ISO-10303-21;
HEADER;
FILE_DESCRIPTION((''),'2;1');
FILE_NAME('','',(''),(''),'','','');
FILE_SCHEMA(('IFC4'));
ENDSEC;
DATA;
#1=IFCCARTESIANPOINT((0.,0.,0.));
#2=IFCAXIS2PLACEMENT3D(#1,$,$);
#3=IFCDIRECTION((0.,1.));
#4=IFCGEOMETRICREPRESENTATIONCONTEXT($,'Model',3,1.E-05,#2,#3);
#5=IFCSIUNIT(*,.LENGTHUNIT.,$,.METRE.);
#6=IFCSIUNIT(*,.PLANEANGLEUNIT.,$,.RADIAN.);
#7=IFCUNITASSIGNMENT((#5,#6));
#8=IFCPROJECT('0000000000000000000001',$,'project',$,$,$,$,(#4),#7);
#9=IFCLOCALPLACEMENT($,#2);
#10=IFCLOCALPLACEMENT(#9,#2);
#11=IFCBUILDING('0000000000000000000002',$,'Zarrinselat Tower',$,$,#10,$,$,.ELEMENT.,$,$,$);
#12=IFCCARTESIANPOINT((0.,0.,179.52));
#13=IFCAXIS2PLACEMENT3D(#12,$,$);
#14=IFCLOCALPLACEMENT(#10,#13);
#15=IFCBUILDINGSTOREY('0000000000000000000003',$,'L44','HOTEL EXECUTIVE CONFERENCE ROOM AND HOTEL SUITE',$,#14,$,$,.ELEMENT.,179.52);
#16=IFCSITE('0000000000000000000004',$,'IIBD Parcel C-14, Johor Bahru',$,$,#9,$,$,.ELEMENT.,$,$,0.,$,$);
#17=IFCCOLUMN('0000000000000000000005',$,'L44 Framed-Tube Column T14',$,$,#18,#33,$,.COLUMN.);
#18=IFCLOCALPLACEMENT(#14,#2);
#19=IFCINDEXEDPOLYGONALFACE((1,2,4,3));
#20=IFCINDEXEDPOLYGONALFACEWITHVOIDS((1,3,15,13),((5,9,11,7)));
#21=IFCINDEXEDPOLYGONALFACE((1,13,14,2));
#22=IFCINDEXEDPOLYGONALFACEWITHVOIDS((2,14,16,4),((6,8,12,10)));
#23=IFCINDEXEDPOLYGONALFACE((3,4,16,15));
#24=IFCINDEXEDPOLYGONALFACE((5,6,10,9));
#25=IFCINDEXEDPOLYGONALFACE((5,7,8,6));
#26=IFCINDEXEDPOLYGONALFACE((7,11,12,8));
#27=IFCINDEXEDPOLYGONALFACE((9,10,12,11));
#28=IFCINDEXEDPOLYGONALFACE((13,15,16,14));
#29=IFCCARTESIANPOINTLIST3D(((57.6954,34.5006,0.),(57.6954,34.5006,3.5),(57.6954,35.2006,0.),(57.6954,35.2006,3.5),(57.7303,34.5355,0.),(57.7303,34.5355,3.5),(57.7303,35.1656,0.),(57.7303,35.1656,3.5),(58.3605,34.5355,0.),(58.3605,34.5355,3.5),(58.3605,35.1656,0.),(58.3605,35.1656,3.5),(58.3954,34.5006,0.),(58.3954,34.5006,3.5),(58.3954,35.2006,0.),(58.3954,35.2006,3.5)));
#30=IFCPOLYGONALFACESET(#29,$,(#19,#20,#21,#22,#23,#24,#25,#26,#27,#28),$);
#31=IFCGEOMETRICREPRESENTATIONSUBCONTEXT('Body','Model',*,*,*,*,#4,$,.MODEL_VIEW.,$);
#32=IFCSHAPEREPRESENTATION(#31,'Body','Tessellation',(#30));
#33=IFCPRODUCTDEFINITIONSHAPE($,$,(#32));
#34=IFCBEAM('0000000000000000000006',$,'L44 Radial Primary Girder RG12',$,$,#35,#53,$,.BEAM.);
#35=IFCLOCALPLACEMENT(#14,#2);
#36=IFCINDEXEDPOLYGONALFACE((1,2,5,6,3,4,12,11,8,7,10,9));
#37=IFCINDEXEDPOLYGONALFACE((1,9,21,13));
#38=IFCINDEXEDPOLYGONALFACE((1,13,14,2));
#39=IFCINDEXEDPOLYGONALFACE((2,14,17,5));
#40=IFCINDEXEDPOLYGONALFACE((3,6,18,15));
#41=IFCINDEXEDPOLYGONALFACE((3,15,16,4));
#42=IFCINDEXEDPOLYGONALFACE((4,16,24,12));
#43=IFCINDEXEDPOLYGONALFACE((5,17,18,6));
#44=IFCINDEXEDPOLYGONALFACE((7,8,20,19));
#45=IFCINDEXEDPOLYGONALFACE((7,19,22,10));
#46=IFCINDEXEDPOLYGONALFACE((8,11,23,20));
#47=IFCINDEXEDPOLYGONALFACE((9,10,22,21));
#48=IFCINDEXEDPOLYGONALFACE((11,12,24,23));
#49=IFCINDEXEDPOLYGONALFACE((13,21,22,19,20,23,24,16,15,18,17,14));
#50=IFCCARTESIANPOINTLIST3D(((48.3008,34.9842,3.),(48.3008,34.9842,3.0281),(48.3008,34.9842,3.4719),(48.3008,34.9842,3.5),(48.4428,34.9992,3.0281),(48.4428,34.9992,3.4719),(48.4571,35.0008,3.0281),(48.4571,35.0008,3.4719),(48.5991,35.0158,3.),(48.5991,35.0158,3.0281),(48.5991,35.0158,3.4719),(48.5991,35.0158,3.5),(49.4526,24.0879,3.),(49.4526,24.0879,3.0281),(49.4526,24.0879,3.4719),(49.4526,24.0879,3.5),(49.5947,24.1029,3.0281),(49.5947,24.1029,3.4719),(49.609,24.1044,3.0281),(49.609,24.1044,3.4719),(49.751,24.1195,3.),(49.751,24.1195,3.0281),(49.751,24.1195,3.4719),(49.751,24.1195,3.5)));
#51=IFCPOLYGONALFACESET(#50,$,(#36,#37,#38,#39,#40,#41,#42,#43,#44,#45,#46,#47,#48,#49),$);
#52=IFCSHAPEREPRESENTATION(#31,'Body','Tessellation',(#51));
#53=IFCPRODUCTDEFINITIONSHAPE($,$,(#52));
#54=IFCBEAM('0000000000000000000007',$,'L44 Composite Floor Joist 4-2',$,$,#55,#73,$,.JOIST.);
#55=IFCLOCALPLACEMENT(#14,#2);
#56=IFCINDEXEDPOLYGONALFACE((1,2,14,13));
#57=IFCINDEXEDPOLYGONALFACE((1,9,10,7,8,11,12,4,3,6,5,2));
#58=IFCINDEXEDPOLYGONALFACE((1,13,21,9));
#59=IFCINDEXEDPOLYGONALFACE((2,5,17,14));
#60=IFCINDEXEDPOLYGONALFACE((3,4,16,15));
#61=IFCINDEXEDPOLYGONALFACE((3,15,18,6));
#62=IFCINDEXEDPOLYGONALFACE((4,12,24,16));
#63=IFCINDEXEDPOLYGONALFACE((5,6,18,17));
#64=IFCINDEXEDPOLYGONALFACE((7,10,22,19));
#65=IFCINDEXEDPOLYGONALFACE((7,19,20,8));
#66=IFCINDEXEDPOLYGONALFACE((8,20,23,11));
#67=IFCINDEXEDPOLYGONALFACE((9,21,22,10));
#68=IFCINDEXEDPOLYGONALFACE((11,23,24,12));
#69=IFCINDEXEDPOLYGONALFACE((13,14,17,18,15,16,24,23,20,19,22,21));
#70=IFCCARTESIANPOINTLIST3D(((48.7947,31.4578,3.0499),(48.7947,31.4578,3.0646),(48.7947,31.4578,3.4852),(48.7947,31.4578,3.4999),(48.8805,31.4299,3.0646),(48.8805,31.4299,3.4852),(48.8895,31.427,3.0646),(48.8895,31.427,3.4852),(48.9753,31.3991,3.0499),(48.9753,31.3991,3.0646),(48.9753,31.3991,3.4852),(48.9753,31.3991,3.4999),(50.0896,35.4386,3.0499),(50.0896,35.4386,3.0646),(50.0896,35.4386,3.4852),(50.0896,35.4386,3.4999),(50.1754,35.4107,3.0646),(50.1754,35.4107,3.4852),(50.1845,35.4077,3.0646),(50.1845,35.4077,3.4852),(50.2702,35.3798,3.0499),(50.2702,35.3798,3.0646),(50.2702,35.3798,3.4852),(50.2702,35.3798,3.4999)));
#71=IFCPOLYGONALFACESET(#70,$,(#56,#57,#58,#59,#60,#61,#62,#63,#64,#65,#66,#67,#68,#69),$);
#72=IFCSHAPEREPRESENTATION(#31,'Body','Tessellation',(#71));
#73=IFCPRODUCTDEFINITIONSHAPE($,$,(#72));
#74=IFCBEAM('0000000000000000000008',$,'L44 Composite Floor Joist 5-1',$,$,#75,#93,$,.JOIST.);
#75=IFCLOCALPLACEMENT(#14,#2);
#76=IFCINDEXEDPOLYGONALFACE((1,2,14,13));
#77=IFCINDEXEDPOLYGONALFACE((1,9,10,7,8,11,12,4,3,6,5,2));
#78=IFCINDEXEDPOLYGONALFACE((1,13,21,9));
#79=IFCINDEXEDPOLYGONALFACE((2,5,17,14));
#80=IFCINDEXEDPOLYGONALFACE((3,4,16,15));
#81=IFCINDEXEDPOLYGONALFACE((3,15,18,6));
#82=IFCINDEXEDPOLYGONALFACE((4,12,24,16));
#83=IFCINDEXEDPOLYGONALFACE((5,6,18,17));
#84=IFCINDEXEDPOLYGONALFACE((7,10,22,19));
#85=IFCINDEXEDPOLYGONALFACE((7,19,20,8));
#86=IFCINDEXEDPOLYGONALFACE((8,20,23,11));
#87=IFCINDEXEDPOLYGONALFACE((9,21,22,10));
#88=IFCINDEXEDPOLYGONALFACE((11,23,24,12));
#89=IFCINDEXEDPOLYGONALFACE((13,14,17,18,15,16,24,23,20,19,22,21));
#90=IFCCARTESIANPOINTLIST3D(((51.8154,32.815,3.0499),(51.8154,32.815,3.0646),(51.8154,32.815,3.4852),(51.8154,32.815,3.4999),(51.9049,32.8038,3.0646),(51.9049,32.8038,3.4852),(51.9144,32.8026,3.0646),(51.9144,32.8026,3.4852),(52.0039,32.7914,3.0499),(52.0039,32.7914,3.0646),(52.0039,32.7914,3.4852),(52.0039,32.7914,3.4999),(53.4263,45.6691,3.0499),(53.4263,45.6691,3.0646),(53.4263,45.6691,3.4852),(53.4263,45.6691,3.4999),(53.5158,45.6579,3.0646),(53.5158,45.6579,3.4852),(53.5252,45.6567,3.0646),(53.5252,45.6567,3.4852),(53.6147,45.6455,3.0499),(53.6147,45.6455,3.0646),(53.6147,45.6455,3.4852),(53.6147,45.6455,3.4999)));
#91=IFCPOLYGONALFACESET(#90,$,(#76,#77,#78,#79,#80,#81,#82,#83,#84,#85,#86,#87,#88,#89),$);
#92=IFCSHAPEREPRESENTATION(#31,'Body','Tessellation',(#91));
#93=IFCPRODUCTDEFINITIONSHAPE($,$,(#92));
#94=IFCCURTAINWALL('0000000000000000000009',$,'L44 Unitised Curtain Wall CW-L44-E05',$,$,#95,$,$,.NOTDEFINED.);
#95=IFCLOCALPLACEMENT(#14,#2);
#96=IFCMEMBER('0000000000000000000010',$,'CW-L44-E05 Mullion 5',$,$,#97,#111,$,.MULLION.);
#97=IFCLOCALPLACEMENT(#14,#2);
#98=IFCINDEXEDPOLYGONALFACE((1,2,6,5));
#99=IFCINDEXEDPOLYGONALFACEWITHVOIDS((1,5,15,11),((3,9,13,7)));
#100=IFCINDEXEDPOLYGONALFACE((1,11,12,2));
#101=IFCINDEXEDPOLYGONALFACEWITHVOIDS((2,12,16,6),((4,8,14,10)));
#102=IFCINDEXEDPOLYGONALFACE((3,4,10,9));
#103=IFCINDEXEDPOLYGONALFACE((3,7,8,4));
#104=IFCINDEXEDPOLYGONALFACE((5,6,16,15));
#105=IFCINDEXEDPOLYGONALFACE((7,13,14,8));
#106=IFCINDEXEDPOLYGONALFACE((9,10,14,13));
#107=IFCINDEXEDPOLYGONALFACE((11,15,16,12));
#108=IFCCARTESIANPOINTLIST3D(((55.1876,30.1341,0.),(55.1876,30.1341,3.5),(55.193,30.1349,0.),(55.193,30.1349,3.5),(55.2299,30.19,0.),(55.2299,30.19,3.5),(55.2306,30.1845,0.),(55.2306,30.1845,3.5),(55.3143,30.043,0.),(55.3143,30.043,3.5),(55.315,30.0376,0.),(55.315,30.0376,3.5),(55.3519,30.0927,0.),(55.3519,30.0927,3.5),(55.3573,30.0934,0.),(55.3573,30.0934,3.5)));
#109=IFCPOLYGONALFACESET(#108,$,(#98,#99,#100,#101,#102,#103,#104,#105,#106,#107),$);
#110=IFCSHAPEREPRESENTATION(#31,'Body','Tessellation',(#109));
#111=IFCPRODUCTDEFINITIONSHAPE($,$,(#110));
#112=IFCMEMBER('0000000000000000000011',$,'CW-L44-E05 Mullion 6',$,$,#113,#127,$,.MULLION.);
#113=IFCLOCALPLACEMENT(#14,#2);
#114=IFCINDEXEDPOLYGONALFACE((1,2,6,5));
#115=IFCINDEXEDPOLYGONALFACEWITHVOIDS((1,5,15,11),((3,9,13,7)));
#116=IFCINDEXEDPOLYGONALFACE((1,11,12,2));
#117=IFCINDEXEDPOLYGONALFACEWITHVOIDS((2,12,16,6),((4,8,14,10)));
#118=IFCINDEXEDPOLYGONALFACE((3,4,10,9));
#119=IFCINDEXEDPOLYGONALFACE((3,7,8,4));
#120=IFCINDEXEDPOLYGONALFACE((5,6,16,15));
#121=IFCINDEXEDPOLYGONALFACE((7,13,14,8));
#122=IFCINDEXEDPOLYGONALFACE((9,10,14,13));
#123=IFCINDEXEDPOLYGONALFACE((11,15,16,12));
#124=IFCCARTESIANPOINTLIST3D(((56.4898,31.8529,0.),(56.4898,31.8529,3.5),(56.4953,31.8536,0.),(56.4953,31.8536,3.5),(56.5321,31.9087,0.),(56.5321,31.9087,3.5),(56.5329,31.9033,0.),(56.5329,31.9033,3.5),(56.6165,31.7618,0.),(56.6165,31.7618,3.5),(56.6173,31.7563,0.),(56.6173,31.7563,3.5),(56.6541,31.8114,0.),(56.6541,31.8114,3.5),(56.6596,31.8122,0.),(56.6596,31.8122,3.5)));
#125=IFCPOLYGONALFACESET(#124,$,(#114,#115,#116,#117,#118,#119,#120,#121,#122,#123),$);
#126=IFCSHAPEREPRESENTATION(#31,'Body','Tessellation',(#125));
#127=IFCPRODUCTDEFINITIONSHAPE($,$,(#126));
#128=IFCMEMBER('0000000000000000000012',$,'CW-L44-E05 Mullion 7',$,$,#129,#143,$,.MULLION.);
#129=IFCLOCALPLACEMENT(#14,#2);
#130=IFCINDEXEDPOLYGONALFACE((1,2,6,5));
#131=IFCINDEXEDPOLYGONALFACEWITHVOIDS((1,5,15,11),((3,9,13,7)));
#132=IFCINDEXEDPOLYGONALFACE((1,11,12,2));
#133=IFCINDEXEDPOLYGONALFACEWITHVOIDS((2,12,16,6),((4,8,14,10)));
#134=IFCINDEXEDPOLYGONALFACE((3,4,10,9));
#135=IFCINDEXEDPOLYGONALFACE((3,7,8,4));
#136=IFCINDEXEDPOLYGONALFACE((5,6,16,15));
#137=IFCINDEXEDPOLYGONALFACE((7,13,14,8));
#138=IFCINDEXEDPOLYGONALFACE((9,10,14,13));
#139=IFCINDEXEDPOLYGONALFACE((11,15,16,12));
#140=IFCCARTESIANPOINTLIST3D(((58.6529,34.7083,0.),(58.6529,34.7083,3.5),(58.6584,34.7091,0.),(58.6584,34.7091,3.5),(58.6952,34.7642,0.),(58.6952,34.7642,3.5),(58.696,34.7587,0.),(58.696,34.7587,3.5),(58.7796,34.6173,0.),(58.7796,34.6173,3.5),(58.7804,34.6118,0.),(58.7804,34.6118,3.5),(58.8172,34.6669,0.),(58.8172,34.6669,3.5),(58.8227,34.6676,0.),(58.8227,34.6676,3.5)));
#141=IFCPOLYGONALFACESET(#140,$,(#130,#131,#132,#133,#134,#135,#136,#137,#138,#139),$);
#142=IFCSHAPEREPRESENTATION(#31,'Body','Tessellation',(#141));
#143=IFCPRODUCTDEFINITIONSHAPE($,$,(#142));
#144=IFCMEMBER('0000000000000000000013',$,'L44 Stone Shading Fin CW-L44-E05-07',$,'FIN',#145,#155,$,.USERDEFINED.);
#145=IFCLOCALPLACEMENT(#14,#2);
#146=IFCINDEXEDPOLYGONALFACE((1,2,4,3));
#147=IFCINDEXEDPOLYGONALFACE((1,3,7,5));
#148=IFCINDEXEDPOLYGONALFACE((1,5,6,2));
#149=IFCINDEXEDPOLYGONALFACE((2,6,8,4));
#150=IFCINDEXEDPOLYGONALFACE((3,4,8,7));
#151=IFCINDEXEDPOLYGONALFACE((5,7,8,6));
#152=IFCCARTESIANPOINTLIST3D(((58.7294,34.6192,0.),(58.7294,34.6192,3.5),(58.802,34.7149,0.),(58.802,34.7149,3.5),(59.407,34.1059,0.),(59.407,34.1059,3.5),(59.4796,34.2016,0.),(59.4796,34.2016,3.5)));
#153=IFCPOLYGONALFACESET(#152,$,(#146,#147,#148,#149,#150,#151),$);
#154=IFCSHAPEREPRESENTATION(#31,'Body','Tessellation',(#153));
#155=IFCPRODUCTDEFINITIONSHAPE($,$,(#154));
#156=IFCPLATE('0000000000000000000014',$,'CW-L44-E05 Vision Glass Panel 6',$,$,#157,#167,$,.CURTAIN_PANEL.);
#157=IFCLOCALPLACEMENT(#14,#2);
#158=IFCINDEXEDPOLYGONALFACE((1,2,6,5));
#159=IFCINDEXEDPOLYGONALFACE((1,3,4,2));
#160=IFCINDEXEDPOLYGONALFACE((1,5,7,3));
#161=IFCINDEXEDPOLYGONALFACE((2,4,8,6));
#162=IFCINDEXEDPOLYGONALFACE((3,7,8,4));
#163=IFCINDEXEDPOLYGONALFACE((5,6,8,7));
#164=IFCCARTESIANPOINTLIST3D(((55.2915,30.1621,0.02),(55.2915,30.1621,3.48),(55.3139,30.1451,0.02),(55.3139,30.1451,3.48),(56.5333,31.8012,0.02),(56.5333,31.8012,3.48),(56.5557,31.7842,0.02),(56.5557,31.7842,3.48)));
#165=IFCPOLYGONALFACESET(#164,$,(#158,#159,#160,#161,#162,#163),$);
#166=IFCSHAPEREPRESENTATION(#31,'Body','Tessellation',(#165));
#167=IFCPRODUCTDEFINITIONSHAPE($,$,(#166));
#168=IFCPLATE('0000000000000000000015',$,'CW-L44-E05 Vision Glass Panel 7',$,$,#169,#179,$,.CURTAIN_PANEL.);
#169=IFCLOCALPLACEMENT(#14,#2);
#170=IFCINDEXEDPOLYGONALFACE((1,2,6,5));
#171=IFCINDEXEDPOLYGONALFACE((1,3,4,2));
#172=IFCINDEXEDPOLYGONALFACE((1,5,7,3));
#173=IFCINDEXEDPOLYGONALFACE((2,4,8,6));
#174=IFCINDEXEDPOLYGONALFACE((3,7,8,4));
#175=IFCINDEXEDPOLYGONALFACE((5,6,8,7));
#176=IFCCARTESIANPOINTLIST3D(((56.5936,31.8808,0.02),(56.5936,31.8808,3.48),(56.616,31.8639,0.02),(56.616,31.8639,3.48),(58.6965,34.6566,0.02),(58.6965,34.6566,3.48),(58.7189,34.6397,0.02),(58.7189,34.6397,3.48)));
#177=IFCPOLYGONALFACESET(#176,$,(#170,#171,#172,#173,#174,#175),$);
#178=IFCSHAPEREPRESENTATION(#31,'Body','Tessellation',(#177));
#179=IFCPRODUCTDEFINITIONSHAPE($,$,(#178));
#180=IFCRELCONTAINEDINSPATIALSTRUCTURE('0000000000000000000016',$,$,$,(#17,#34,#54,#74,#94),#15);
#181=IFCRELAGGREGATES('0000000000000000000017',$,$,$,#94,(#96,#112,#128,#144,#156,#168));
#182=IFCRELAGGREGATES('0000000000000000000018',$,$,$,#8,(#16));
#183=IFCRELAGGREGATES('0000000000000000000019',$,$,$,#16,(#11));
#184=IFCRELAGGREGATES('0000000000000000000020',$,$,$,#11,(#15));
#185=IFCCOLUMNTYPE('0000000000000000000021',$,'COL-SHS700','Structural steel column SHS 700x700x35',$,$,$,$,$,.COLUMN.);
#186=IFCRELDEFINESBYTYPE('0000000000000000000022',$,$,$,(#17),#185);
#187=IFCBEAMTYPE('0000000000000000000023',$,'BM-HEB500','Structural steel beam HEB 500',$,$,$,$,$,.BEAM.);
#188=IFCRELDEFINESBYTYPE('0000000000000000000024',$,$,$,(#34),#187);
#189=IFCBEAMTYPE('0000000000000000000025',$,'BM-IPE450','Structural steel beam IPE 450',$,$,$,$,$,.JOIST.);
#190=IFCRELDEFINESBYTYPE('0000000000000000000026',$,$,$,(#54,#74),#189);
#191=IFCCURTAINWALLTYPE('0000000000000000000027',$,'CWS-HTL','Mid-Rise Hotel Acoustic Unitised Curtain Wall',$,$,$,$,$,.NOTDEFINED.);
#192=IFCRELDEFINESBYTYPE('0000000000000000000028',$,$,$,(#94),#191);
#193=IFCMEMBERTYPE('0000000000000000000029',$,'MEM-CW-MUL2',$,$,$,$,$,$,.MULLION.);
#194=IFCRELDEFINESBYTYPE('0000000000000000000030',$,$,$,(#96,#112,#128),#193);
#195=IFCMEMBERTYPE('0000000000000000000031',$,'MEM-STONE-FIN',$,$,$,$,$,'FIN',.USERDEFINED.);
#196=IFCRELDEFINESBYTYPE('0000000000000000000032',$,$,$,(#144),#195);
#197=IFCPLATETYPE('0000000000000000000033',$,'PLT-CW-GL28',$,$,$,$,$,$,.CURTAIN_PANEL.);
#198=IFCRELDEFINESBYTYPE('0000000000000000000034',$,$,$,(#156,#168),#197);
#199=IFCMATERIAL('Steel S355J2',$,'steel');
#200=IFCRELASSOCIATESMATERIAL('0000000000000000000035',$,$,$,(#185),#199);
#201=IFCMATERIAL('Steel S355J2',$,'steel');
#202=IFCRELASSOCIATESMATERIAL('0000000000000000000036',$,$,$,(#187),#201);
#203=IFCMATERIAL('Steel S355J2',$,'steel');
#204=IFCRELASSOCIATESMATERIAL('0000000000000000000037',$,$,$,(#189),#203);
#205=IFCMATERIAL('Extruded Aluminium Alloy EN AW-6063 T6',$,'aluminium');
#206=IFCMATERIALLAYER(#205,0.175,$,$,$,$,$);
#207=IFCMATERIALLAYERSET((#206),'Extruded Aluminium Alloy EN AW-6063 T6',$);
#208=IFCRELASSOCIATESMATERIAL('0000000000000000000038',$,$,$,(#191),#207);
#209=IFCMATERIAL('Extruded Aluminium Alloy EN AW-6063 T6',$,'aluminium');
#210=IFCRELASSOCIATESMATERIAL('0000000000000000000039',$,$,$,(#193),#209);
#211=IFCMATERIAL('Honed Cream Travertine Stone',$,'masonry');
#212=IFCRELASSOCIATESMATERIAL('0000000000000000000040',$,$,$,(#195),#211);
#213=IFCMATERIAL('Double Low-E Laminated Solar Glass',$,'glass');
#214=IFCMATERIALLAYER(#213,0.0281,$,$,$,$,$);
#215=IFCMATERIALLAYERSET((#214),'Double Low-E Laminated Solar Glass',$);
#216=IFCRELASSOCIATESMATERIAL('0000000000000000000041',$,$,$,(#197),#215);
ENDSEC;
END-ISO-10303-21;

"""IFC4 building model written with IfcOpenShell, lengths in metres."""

from ifc_helpers import new_model, si_unit, direction, frame, origin, origin_2d, place, context, subcontext, project, spatial, rectangle, hollow_rectangle, i_section, extrude, material, layer, layer_set, material_profile, profile_set, type_object, element, aggregate, save


model = new_model("IFC4")

# Units and contexts
model_context = context("Model", 3, precision=1e-05, world=origin(), true_north=direction((0.0, 1.0)))
body_context = subcontext(model_context, "Body", "Model", "MODEL_VIEW")
ifc_project = project(units=[si_unit("LENGTHUNIT", "METRE"), si_unit("PLANEANGLEUNIT", "RADIAN")], contexts=[model_context])

# Site, building, storey
site_placement = place(None, origin())
site = spatial("IfcSite", under=ifc_project, at=site_placement, Name="IIBD Parcel C-14, Johor Bahru", CompositionType="ELEMENT", RefElevation=0.0)
building_placement = place(site_placement, origin())
building = spatial("IfcBuilding", under=site, at=building_placement, Name="Zarrinselat Tower", CompositionType="ELEMENT")
storey_placement = place(building_placement, frame((0.0, 0.0, 179.52)))
storey = spatial("IfcBuildingStorey", under=building, at=storey_placement, Name="L44", Description="HOTEL EXECUTIVE CONFERENCE ROOM AND HOTEL SUITE", CompositionType="ELEMENT", Elevation=179.52)

# Column
ifc_material_1 = material(Name="Steel S355J2", Category="steel")
ifc_material_profile_1 = material_profile(ifc_material_1, hollow_rectangle(XDim=0.7, YDim=0.7, WallThickness=0.0349, at=origin_2d()), Name="SHS 700x700x35")
ifc_profile_set_1 = profile_set([ifc_material_profile_1], Name="Steel S355J2")
column_type = type_object("IfcColumnType", Name="COL-SHS700", Description="Structural steel column SHS 700x700x35", PredefinedType="COLUMN", material=ifc_profile_set_1)
column_placement = place(storey_placement, frame((58.0454, 34.8506, 0.0), z_axis=(0.0, 0.0, 1.0), x_axis=(1.0, 0.0, 0.0)))
element("IfcColumn", 1, at=column_placement, inside=storey, type_object=column_type, Name="L44 Framed-Tube Column T14", PredefinedType="COLUMN", context=body_context, shape_type="SweptSolid", body=[
    extrude(hollow_rectangle(XDim=0.7, YDim=0.7, WallThickness=0.0349, at=origin_2d()), origin(), (0.0, 0.0, 1.0), 3.5),
])

# Beams
ifc_material_2 = material(Name="Steel S355J2", Category="steel")
ifc_material_profile_2 = material_profile(ifc_material_2, i_section(OverallWidth=0.3, OverallDepth=0.5, WebThickness=0.0144, FlangeThickness=0.0281, at=origin_2d()), Name="HEB 500")
ifc_profile_set_2 = profile_set([ifc_material_profile_2], Name="Steel S355J2")
beam_type_1 = type_object("IfcBeamType", Name="BM-HEB500", Description="Structural steel beam HEB 500", PredefinedType="BEAM", material=ifc_profile_set_2)
beam_1_placement = place(storey_placement, frame((48.45, 35.0, 3.25), z_axis=(0.105126, -0.994459, 0.0), x_axis=(0.994459, 0.105126, 0.0)))
element("IfcBeam", 2, at=beam_1_placement, inside=storey, type_object=beam_type_1, Name="L44 Radial Primary Girder RG12", PredefinedType="BEAM", context=body_context, shape_type="SweptSolid", body=[
    extrude(i_section(OverallWidth=0.3, OverallDepth=0.5, WebThickness=0.0144, FlangeThickness=0.0281, at=origin_2d()), origin(), (0.0, 0.0, 1.0), 10.957),
])
ifc_material_3 = material(Name="Steel S355J2", Category="steel")
ifc_material_profile_3 = material_profile(ifc_material_3, i_section(OverallWidth=0.1899, OverallDepth=0.45, WebThickness=0.0095, FlangeThickness=0.0146, at=origin_2d()), Name="IPE 450")
ifc_profile_set_3 = profile_set([ifc_material_profile_3], Name="Steel S355J2")
beam_type_2 = type_object("IfcBeamType", Name="BM-IPE450", Description="Structural steel beam IPE 450", PredefinedType="JOIST", material=ifc_profile_set_3)
beam_2_placement = place(storey_placement, frame((48.885, 31.4285, 3.2749), z_axis=(0.309343, 0.95095, 0.0), x_axis=(-0.95095, 0.309343, 0.0)))
element("IfcBeam", 3, at=beam_2_placement, inside=storey, type_object=beam_type_2, Name="L44 Composite Floor Joist 4-2", PredefinedType="JOIST", context=body_context, shape_type="SweptSolid", body=[
    extrude(i_section(OverallWidth=0.1899, OverallDepth=0.45, WebThickness=0.0095, FlangeThickness=0.0146, at=origin_2d()), origin(), (0.0, 0.0, 1.0), 4.186),
])
beam_3_placement = place(storey_placement, frame((51.9097, 32.8032, 3.2749), z_axis=(0.124346, 0.992239, 0.0), x_axis=(-0.992239, 0.124346, 0.0)))
element("IfcBeam", 4, at=beam_3_placement, inside=storey, type_object=beam_type_2, Name="L44 Composite Floor Joist 5-1", PredefinedType="JOIST", context=body_context, shape_type="SweptSolid", body=[
    extrude(i_section(OverallWidth=0.1899, OverallDepth=0.45, WebThickness=0.0095, FlangeThickness=0.0146, at=origin_2d()), origin(), (0.0, 0.0, 1.0), 12.9546),
])

# Curtain wall, members, plates
ifc_material_4 = material(Name="Extruded Aluminium Alloy EN AW-6063 T6", Category="aluminium")
ifc_layer_1 = layer(ifc_material_4, 0.175)
ifc_layer_set_1 = layer_set([ifc_layer_1], Name="Extruded Aluminium Alloy EN AW-6063 T6")
curtain_wall_type = type_object("IfcCurtainWallType", Name="CWS-HTL", Description="Mid-Rise Hotel Acoustic Unitised Curtain Wall", PredefinedType="NOTDEFINED", material=ifc_layer_set_1)
curtain_wall_placement = place(storey_placement, origin())
curtain_wall = element("IfcCurtainWall", 5, at=curtain_wall_placement, inside=storey, type_object=curtain_wall_type, Name="L44 Unitised Curtain Wall CW-L44-E05", PredefinedType="NOTDEFINED")
ifc_material_5 = material(Name="Extruded Aluminium Alloy EN AW-6063 T6", Category="aluminium")
ifc_material_profile_4 = material_profile(ifc_material_5, hollow_rectangle(XDim=0.0701, YDim=0.1599, WallThickness=0.0039, at=origin_2d()), Name="RHS 160x70x4")
ifc_profile_set_4 = profile_set([ifc_material_profile_4], Name="Extruded Aluminium Alloy EN AW-6063 T6")
member_type_1 = type_object("IfcMemberType", Name="MEM-CW-MUL2", PredefinedType="MULLION", material=ifc_profile_set_4)
member_1_placement = place(storey_placement, frame((55.2725, 30.1138, 0.0), z_axis=(0.0, 0.0, 1.0), x_axis=(0.603859, 0.797091, 0.0)))
member_1 = element("IfcMember", 6, at=member_1_placement, type_object=member_type_1, Name="CW-L44-E05 Mullion 5", PredefinedType="MULLION", context=body_context, shape_type="SweptSolid", body=[
    extrude(hollow_rectangle(XDim=0.0701, YDim=0.1599, WallThickness=0.0039, at=origin_2d()), origin(), (0.0, 0.0, 1.0), 3.5),
])
member_2_placement = place(storey_placement, frame((56.5747, 31.8325, 0.0), z_axis=(0.0, 0.0, 1.0), x_axis=(0.603859, 0.797091, 0.0)))
member_2 = element("IfcMember", 7, at=member_2_placement, type_object=member_type_1, Name="CW-L44-E05 Mullion 6", PredefinedType="MULLION", context=body_context, shape_type="SweptSolid", body=[
    extrude(hollow_rectangle(XDim=0.0701, YDim=0.1599, WallThickness=0.0039, at=origin_2d()), origin(), (0.0, 0.0, 1.0), 3.5),
])
member_3_placement = place(storey_placement, frame((58.7378, 34.688, 0.0), z_axis=(0.0, 0.0, 1.0), x_axis=(0.603859, 0.797091, 0.0)))
member_3 = element("IfcMember", 8, at=member_3_placement, type_object=member_type_1, Name="CW-L44-E05 Mullion 7", PredefinedType="MULLION", context=body_context, shape_type="SweptSolid", body=[
    extrude(hollow_rectangle(XDim=0.0701, YDim=0.1599, WallThickness=0.0039, at=origin_2d()), origin(), (0.0, 0.0, 1.0), 3.5),
])
ifc_material_6 = material(Name="Honed Cream Travertine Stone", Category="masonry")
ifc_material_profile_5 = material_profile(ifc_material_6, rectangle(XDim=0.1201, YDim=0.8501, at=origin_2d()), Name="FIN 850x120")
ifc_profile_set_5 = profile_set([ifc_material_profile_5], Name="Honed Cream Travertine Stone")
member_type_2 = type_object("IfcMemberType", Name="MEM-STONE-FIN", ElementType="FIN", PredefinedType="USERDEFINED", material=ifc_profile_set_5)
member_4_placement = place(storey_placement, frame((59.1045, 34.4104, 0.0), z_axis=(0.0, 0.0, 1.0), x_axis=(-0.603859, -0.797091, 0.0)))
member_4 = element("IfcMember", 9, at=member_4_placement, type_object=member_type_2, Name="L44 Stone Shading Fin CW-L44-E05-07", ObjectType="FIN", PredefinedType="USERDEFINED", context=body_context, shape_type="SweptSolid", body=[
    extrude(rectangle(XDim=0.1201, YDim=0.8501, at=origin_2d()), origin(), (0.0, 0.0, 1.0), 3.5),
])
ifc_material_7 = material(Name="Double Low-E Laminated Solar Glass", Category="glass")
ifc_layer_2 = layer(ifc_material_7, 0.0281)
ifc_layer_set_2 = layer_set([ifc_layer_2], Name="Double Low-E Laminated Solar Glass")
plate_type = type_object("IfcPlateType", Name="PLT-CW-GL28", PredefinedType="CURTAIN_PANEL", material=ifc_layer_set_2)
plate_1_placement = place(storey_placement, frame((55.9236, 30.9731, 0.02), z_axis=(0.0, 0.0, 1.0), x_axis=(0.603859, 0.797091, 0.0)))
plate_1 = element("IfcPlate", 10, at=plate_1_placement, type_object=plate_type, Name="CW-L44-E05 Vision Glass Panel 6", PredefinedType="CURTAIN_PANEL", context=body_context, shape_type="SweptSolid", body=[
    extrude(rectangle(XDim=2.0564, YDim=0.0281, at=origin_2d()), origin(), (0.0, 0.0, 1.0), 3.46),
])
plate_2_placement = place(storey_placement, frame((57.6562, 33.2603, 0.02), z_axis=(0.0, 0.0, 1.0), x_axis=(0.603859, 0.797091, 0.0)))
plate_2 = element("IfcPlate", 11, at=plate_2_placement, type_object=plate_type, Name="CW-L44-E05 Vision Glass Panel 7", PredefinedType="CURTAIN_PANEL", context=body_context, shape_type="SweptSolid", body=[
    extrude(rectangle(XDim=3.4824, YDim=0.0281, at=origin_2d()), origin(), (0.0, 0.0, 1.0), 3.46),
])
aggregate(curtain_wall, [member_1, member_2, member_3, member_4, plate_1, plate_2])

save(model, "model.ifc")
